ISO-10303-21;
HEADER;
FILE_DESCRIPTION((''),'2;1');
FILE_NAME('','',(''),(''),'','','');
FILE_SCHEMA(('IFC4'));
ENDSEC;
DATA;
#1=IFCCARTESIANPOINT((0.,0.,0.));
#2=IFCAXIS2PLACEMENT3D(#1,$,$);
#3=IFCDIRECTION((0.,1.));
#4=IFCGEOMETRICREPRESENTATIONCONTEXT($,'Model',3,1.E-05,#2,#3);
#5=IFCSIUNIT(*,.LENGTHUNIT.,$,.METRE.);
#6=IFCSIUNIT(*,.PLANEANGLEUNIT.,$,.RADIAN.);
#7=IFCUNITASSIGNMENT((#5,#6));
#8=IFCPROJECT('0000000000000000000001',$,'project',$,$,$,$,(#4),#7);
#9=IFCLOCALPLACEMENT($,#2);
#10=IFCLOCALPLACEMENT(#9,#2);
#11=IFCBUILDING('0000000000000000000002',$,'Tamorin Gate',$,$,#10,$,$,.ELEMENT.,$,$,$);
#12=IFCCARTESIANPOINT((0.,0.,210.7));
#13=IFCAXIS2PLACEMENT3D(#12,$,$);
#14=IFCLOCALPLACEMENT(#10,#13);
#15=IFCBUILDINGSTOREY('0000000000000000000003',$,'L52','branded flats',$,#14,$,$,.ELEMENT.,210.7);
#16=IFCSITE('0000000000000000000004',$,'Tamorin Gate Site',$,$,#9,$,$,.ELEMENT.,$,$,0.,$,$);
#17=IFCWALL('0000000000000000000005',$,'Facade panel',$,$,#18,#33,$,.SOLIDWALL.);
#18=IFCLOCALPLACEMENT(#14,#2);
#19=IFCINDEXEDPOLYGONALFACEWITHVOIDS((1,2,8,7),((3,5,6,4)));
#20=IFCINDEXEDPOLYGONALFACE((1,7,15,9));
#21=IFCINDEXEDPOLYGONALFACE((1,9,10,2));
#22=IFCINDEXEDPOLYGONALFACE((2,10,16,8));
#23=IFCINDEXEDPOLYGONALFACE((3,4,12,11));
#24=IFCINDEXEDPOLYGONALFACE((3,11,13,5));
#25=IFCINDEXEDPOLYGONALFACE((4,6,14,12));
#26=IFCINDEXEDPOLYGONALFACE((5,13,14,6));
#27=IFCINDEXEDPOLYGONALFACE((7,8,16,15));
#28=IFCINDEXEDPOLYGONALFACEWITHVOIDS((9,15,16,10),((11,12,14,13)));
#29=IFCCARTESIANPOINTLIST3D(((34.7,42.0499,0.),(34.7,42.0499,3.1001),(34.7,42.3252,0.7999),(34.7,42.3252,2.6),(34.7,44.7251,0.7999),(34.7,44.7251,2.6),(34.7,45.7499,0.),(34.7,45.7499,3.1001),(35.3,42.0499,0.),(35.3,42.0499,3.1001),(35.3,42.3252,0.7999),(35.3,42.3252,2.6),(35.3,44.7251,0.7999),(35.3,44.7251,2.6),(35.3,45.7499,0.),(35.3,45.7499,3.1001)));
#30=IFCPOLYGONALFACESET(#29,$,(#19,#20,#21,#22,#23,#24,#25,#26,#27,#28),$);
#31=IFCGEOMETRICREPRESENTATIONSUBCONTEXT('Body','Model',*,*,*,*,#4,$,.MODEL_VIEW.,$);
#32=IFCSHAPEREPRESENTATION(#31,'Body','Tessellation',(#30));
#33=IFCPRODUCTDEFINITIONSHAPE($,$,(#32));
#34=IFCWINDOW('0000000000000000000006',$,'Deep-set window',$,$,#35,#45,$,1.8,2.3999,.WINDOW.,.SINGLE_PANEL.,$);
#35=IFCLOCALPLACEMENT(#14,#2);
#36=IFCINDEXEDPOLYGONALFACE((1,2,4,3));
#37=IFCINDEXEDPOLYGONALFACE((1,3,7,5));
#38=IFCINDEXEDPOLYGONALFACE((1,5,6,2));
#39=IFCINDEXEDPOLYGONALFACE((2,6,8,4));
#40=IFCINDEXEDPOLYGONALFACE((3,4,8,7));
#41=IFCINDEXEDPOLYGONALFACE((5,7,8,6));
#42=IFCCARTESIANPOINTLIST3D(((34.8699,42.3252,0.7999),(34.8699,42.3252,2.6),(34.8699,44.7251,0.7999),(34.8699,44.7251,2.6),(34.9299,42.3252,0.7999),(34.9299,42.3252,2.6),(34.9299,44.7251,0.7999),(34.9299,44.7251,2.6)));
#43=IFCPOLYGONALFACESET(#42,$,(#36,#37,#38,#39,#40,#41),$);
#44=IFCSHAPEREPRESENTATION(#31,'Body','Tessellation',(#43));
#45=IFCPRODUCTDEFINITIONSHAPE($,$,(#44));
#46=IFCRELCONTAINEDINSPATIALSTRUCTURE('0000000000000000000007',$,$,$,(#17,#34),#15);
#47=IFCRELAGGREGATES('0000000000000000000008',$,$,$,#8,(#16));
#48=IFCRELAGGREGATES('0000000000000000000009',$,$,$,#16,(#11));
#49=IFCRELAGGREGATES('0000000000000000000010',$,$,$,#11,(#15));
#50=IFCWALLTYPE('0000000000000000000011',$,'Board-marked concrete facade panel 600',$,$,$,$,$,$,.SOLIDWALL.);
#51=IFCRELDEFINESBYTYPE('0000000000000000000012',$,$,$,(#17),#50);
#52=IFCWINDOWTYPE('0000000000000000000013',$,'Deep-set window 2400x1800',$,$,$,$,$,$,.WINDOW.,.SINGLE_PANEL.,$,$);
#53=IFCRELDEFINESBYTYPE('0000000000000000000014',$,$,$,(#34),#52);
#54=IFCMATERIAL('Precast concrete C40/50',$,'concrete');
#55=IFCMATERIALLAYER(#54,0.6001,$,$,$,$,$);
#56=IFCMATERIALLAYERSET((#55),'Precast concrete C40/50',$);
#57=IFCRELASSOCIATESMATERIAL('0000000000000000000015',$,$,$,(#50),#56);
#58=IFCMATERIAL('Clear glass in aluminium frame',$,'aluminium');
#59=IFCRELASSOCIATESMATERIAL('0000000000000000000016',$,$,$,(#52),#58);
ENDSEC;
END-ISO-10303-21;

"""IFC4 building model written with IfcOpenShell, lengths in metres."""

from ifc_helpers import new_model, si_unit, direction, frame, frame_2d, origin, place, context, subcontext, project, spatial, rectangle, extrude, material, layer, layer_set, type_object, element, fill, save


model = new_model("IFC4")

# Units and contexts
model_context = context("Model", 3, precision=1e-05, world=origin(), true_north=direction((0.0, 1.0)))
body_context = subcontext(model_context, "Body", "Model", "MODEL_VIEW")
ifc_project = project(units=[si_unit("LENGTHUNIT", "METRE"), si_unit("PLANEANGLEUNIT", "RADIAN")], contexts=[model_context])

# Site, building, storey
site_placement = place(None, origin())
site = spatial("IfcSite", under=ifc_project, at=site_placement, Name="Tamorin Gate Site", CompositionType="ELEMENT", RefElevation=0.0)
building_placement = place(site_placement, origin())
building = spatial("IfcBuilding", under=site, at=building_placement, Name="Tamorin Gate", CompositionType="ELEMENT")
storey_placement = place(building_placement, frame((0.0, 0.0, 210.7)))
storey = spatial("IfcBuildingStorey", under=building, at=storey_placement, Name="L52", Description="branded flats", CompositionType="ELEMENT", Elevation=210.7)

# Shared definitions
ifc_material_1 = material(Name="Precast concrete C40/50", Category="concrete")
ifc_layer_1 = layer(ifc_material_1, 0.6001)
ifc_layer_set_1 = layer_set([ifc_layer_1], Name="Precast concrete C40/50")
wall_type = type_object("IfcWallType", Name="Board-marked concrete facade panel 600", PredefinedType="SOLIDWALL", material=ifc_layer_set_1)

# Shared definitions
ifc_material_2 = material(Name="Clear glass in aluminium frame", Category="aluminium")
window_type_1 = type_object("IfcWindowType", Name="Deep-set window 2400x1800", PartitioningType="SINGLE_PANEL", PredefinedType="WINDOW", material=ifc_material_2)

# Wall, opening, window
wall_1_placement = place(storey_placement, frame((35.0, 45.75, 0.0), z_axis=(0.0, 0.0, 1.0), x_axis=(0.0, -1.0, 0.0)))
wall_1 = element("IfcWall", 1, at=wall_1_placement, inside=storey, type_object=wall_type, Name="Facade panel", PredefinedType="SOLIDWALL", context=body_context, shape_type="SweptSolid", body=[
    extrude(rectangle(XDim=3.7, YDim=0.6001, at=frame_2d((1.8501, 0.0))), origin(), (0.0, 0.0, 1.0), 3.1001),
])
opening_1_placement = place(wall_1_placement, frame((1.0249, 0.0, 0.8)))
opening_1 = element("IfcOpeningElement", 2, at=opening_1_placement, cuts=wall_1, PredefinedType="OPENING", context=body_context, shape_type="SweptSolid", body=[
    extrude(rectangle(XDim=2.3999, YDim=1.8, at=frame_2d((1.2, 0.8999))), frame((0.0, 0.3101, 0.0), z_axis=(0.0, -1.0, 0.0), x_axis=(1.0, 0.0, 0.0)), (0.0, 0.0, 1.0), 0.6201),
])
window_1_placement = place(opening_1_placement, origin())
window_1 = element("IfcWindow", 3, at=window_1_placement, inside=storey, type_object=window_type_1, Name="Deep-set window", OverallHeight=1.8, OverallWidth=2.3999, PartitioningType="SINGLE_PANEL", PredefinedType="WINDOW", context=body_context, shape_type="SweptSolid", body=[
    extrude(rectangle(XDim=2.3999, YDim=1.8, at=frame_2d((1.2, 0.8999))), frame((0.0, -0.0701, 0.0), z_axis=(0.0, -1.0, 0.0), x_axis=(1.0, 0.0, 0.0)), (0.0, 0.0, 1.0), 0.0601),
])
fill(opening_1, window_1)

save(model, "model.ifc")
